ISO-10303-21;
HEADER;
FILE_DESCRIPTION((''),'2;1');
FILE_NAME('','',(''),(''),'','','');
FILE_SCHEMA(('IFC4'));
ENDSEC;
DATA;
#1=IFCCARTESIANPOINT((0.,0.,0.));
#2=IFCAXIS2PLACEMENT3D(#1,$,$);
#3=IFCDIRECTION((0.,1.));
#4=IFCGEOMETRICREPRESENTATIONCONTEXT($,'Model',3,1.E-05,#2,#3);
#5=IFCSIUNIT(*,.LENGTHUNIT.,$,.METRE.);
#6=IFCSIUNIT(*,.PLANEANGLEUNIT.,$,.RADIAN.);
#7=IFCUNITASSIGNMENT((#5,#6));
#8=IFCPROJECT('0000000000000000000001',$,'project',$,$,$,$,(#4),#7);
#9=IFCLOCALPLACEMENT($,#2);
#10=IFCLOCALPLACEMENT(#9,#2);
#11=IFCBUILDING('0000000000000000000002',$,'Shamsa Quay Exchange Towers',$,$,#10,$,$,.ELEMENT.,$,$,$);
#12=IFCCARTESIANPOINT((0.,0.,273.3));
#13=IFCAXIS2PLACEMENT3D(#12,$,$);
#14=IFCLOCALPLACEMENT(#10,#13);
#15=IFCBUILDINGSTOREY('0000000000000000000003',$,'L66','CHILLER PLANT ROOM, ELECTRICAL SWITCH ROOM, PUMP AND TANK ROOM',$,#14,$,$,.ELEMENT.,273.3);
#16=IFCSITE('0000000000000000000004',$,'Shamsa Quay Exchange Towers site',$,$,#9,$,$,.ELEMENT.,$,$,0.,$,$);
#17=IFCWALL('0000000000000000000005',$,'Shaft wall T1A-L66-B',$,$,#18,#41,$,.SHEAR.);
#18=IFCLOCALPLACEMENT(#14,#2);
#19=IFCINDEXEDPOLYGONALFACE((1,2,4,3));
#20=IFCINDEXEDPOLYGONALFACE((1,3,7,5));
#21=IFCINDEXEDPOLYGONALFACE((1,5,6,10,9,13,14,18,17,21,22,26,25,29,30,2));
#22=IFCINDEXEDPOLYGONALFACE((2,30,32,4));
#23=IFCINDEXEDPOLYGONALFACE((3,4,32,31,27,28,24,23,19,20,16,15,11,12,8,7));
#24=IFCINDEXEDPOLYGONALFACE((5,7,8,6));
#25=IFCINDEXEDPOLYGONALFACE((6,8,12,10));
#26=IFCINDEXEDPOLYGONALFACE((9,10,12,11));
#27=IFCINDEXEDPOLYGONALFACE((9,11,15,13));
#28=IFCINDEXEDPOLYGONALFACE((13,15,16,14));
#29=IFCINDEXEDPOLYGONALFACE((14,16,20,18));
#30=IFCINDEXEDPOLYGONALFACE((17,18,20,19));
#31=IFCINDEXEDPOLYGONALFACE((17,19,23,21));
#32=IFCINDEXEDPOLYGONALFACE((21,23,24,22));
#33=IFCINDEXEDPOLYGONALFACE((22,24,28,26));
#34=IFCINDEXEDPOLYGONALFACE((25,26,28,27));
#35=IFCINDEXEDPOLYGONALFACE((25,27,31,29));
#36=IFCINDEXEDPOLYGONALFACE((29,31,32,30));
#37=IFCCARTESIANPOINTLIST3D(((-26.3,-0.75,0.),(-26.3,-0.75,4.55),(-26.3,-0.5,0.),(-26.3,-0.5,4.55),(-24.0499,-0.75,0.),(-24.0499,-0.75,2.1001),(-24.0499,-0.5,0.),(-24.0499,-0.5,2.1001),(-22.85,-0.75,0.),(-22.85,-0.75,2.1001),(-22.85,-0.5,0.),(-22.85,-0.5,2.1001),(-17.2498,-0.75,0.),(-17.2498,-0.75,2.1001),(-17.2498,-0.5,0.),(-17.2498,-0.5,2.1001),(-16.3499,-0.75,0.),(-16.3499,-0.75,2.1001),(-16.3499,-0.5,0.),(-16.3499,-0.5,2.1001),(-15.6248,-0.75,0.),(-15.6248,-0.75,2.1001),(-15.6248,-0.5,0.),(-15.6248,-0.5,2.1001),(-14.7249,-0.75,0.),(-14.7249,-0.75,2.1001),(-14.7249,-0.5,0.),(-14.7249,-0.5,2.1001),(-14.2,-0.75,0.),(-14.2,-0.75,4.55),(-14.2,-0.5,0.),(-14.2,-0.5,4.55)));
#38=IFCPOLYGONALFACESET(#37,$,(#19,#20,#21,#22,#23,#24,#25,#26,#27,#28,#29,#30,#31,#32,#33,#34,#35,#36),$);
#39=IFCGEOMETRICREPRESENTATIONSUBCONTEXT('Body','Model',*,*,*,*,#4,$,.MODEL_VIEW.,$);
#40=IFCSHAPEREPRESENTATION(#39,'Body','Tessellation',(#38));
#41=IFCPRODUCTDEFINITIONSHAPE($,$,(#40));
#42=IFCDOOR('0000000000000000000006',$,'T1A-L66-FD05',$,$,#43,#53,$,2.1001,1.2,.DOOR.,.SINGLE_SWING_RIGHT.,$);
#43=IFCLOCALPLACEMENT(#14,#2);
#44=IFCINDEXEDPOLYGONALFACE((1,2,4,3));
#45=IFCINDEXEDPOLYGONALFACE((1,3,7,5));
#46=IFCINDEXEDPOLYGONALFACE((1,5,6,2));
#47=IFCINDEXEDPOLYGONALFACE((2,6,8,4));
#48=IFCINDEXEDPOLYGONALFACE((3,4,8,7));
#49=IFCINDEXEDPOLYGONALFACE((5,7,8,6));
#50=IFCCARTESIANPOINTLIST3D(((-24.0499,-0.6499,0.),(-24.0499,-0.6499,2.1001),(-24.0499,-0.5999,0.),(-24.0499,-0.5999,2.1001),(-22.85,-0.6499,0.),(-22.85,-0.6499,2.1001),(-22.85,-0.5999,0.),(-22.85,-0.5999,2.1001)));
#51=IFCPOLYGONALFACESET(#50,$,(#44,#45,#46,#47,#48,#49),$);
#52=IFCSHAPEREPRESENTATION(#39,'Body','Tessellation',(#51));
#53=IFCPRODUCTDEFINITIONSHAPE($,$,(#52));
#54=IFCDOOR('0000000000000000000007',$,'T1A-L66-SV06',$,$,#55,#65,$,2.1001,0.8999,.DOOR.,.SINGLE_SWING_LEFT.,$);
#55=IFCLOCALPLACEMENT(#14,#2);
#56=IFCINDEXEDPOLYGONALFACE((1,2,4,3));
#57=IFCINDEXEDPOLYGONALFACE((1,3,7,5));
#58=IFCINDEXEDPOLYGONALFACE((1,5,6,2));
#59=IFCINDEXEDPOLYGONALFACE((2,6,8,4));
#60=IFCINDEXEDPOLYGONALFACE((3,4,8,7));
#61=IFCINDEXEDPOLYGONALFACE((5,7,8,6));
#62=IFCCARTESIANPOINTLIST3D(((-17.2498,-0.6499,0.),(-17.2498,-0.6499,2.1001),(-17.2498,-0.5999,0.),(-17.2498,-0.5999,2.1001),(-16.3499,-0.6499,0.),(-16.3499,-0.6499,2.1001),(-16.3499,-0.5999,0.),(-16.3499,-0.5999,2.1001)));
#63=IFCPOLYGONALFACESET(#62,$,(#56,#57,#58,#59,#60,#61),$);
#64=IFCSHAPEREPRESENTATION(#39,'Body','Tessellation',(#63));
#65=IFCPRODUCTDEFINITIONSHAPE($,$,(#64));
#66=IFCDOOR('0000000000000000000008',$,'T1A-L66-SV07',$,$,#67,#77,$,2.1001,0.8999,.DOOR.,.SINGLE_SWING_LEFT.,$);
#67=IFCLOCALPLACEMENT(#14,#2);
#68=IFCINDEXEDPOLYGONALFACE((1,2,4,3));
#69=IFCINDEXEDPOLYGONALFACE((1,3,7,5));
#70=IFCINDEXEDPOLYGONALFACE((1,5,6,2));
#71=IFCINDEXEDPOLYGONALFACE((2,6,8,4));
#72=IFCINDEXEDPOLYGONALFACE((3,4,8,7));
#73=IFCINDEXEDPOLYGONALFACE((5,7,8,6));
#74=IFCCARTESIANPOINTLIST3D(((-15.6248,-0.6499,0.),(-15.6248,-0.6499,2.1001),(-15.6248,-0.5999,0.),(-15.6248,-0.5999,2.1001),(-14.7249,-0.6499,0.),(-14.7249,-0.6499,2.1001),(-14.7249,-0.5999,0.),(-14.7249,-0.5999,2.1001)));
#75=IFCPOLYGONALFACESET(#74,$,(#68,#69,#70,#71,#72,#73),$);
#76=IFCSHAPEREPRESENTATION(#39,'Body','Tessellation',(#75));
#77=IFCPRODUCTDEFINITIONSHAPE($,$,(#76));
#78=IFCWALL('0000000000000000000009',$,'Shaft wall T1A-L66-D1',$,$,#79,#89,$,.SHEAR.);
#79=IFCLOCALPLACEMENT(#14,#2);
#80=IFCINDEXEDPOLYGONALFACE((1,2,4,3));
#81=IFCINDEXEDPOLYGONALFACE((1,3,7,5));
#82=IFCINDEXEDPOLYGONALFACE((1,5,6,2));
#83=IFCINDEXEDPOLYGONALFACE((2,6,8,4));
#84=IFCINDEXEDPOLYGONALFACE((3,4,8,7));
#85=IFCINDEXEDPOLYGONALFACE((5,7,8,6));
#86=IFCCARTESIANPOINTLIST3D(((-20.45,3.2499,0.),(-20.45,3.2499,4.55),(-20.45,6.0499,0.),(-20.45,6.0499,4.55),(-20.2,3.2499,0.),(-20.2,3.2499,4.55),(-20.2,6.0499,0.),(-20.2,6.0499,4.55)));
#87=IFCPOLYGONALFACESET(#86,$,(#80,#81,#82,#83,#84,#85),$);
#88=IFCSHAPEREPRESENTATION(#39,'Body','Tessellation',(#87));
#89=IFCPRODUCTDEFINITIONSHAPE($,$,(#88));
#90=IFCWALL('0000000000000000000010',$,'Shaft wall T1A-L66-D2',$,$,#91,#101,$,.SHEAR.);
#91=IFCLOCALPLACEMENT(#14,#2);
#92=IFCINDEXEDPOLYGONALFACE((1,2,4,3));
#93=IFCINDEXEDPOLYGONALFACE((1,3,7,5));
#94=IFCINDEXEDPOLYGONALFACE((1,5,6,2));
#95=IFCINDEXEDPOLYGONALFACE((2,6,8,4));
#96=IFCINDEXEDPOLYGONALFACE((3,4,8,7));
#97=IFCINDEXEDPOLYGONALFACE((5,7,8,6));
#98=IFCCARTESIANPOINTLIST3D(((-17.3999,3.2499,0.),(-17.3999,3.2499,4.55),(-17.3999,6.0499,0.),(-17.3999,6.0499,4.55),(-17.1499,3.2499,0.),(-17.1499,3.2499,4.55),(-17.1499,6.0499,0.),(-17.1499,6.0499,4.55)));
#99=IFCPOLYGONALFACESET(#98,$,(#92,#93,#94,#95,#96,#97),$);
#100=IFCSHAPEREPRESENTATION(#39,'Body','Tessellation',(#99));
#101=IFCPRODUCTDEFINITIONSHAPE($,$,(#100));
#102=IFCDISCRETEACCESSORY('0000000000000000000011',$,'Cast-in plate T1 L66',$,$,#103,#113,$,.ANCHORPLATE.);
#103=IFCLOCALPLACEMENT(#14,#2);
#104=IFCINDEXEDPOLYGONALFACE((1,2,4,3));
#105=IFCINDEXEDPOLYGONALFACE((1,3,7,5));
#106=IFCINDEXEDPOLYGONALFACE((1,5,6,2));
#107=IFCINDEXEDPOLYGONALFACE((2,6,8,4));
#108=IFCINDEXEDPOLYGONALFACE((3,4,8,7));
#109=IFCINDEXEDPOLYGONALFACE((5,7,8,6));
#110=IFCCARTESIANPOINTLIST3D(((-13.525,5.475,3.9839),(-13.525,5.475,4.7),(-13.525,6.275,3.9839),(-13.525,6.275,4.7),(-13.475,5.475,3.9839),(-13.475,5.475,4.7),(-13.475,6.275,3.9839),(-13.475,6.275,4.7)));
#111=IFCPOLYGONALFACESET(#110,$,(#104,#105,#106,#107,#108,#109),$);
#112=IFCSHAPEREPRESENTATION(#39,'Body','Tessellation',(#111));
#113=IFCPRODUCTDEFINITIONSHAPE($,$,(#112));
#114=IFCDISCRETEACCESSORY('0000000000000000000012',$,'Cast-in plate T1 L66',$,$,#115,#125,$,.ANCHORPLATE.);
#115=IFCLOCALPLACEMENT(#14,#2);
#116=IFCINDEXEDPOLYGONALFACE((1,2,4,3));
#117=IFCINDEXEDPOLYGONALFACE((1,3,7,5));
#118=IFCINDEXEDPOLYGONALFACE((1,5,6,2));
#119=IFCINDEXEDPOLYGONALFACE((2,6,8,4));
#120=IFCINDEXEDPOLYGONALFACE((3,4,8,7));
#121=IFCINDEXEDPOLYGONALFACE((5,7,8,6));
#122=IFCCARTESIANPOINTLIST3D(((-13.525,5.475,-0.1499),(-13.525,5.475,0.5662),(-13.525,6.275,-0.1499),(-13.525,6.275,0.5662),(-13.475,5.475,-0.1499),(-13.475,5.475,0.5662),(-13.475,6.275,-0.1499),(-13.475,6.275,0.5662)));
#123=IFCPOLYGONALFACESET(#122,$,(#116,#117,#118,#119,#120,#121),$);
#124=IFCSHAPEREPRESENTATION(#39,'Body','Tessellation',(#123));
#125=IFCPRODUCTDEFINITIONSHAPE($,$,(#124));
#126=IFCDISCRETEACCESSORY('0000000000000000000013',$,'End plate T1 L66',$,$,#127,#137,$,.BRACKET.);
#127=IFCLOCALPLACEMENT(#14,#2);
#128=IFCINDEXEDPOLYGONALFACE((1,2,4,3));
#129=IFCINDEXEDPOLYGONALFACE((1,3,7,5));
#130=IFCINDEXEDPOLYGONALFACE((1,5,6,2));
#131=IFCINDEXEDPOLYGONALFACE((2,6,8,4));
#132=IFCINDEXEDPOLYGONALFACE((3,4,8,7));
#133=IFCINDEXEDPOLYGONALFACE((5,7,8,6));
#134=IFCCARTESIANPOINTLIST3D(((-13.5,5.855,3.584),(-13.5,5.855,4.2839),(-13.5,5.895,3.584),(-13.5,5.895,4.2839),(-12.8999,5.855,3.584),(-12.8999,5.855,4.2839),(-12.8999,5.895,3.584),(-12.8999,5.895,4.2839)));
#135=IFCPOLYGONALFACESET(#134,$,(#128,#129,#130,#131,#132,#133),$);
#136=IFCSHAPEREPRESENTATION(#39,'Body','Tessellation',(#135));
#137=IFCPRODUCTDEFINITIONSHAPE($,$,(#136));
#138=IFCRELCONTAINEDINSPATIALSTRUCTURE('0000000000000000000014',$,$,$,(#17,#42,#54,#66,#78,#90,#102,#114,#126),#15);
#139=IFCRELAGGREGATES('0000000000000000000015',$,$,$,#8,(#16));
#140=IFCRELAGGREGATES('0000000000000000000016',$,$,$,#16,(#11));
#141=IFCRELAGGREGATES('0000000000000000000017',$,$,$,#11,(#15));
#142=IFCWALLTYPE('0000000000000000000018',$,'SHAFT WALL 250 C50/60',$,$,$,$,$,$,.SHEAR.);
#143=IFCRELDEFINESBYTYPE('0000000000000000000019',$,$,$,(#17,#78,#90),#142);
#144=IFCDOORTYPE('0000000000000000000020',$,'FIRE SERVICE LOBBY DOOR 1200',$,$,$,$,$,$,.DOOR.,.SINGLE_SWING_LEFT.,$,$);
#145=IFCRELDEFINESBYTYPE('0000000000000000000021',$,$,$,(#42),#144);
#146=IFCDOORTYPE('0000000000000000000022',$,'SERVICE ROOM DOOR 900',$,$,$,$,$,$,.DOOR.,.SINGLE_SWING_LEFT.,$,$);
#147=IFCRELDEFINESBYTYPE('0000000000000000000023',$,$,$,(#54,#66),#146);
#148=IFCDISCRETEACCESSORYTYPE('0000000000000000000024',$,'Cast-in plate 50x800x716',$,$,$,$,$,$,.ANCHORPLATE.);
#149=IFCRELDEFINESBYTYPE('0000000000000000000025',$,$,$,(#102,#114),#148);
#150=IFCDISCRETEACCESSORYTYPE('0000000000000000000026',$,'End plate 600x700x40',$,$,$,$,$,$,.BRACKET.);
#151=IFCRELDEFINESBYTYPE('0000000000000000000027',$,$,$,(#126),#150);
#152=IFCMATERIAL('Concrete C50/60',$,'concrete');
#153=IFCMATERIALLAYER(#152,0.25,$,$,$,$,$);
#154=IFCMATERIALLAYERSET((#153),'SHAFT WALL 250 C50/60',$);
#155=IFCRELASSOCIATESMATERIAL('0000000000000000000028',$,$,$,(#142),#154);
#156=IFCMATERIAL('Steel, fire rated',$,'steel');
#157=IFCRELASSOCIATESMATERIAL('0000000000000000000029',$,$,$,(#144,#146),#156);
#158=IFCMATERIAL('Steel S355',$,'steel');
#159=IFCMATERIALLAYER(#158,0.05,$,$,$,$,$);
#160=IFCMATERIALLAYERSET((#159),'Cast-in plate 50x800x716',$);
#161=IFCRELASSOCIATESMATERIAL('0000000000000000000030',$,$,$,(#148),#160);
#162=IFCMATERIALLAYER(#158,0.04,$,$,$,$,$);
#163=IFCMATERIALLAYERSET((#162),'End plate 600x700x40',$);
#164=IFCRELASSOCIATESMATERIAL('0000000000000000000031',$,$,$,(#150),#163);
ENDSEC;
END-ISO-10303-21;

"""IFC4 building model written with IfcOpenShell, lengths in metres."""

from ifc_helpers import new_model, si_unit, direction, frame, frame_2d, origin, origin_2d, place, context, subcontext, project, spatial, rectangle, extrude, material, layer, layer_set, type_object, element, fill, save


model = new_model("IFC4")

# Units and contexts
model_context = context("Model", 3, precision=1e-05, world=origin(), true_north=direction((0.0, 1.0)))
body_context = subcontext(model_context, "Body", "Model", "MODEL_VIEW")
ifc_project = project(units=[si_unit("LENGTHUNIT", "METRE"), si_unit("PLANEANGLEUNIT", "RADIAN")], contexts=[model_context])

# Site, building, storey
site_placement = place(None, origin())
site = spatial("IfcSite", under=ifc_project, at=site_placement, Name="Shamsa Quay Exchange Towers site", CompositionType="ELEMENT", RefElevation=0.0)
building_placement = place(site_placement, origin())
building = spatial("IfcBuilding", under=site, at=building_placement, Name="Shamsa Quay Exchange Towers", CompositionType="ELEMENT")
storey_placement = place(building_placement, frame((0.0, 0.0, 273.3)))
storey = spatial("IfcBuildingStorey", under=building, at=storey_placement, Name="L66", Description="CHILLER PLANT ROOM, ELECTRICAL SWITCH ROOM, PUMP AND TANK ROOM", CompositionType="ELEMENT", Elevation=273.3)

# Shared definitions
ifc_material_1 = material(Name="Steel S355", Category="steel")

# Wall, openings, doors
ifc_material_2 = material(Name="Steel, fire rated", Category="steel")
ifc_material_3 = material(Name="Concrete C50/60", Category="concrete")
ifc_layer_1 = layer(ifc_material_3, 0.25)
ifc_layer_set_1 = layer_set([ifc_layer_1], Name="SHAFT WALL 250 C50/60")
wall_type_1 = type_object("IfcWallType", Name="SHAFT WALL 250 C50/60", PredefinedType="SHEAR", material=ifc_layer_set_1)
wall_1_placement = place(storey_placement, frame((-14.2, -0.625, 0.0), z_axis=(0.0, 0.0, 1.0), x_axis=(-1.0, 0.0, 0.0)))
wall_1 = element("IfcWall", 1, at=wall_1_placement, inside=storey, type_object=wall_type_1, Name="Shaft wall T1A-L66-B", PredefinedType="SHEAR", context=body_context, shape_type="SweptSolid", body=[
    extrude(rectangle(XDim=12.1001, YDim=0.25, at=frame_2d((6.05, 0.0))), origin(), (0.0, 0.0, 1.0), 4.55),
])
opening_1_placement = place(wall_1_placement, frame((8.6499, 0.0, 0.0)))
opening_1 = element("IfcOpeningElement", 2, at=opening_1_placement, cuts=wall_1, PredefinedType="OPENING", context=body_context, shape_type="SweptSolid", body=[
    extrude(rectangle(XDim=1.2, YDim=2.1001, at=frame_2d((0.6001, 1.05))), frame((0.0, 0.135, 0.0), z_axis=(0.0, -1.0, 0.0), x_axis=(1.0, 0.0, 0.0)), (0.0, 0.0, 1.0), 0.27),
])
opening_2_placement = place(wall_1_placement, frame((2.1499, 0.0, 0.0)))
opening_2 = element("IfcOpeningElement", 3, at=opening_2_placement, cuts=wall_1, PredefinedType="OPENING", context=body_context, shape_type="SweptSolid", body=[
    extrude(rectangle(XDim=0.8999, YDim=2.1001, at=frame_2d((0.45, 1.05))), frame((0.0, 0.135, 0.0), z_axis=(0.0, -1.0, 0.0), x_axis=(1.0, 0.0, 0.0)), (0.0, 0.0, 1.0), 0.27),
])
opening_3_placement = place(wall_1_placement, frame((0.5249, 0.0, 0.0)))
opening_3 = element("IfcOpeningElement", 4, at=opening_3_placement, cuts=wall_1, PredefinedType="OPENING", context=body_context, shape_type="SweptSolid", body=[
    extrude(rectangle(XDim=0.8999, YDim=2.1001, at=frame_2d((0.45, 1.05))), frame((0.0, 0.135, 0.0), z_axis=(0.0, -1.0, 0.0), x_axis=(1.0, 0.0, 0.0)), (0.0, 0.0, 1.0), 0.27),
])
door_type_1 = type_object("IfcDoorType", Name="FIRE SERVICE LOBBY DOOR 1200", OperationType="SINGLE_SWING_LEFT", PredefinedType="DOOR", material=ifc_material_2)
door_1_placement = place(opening_1_placement, origin())
door_1 = element("IfcDoor", 5, at=door_1_placement, inside=storey, type_object=door_type_1, Name="T1A-L66-FD05", OperationType="SINGLE_SWING_RIGHT", OverallHeight=2.1001, OverallWidth=1.2, PredefinedType="DOOR", context=body_context, shape_type="SweptSolid", body=[
    extrude(rectangle(XDim=1.2, YDim=2.1001, at=frame_2d((0.6001, 1.05))), frame((0.0, 0.0249, 0.0), z_axis=(0.0, -1.0, 0.0), x_axis=(1.0, 0.0, 0.0)), (0.0, 0.0, 1.0), 0.05),
])
fill(opening_1, door_1)
door_type_2 = type_object("IfcDoorType", Name="SERVICE ROOM DOOR 900", OperationType="SINGLE_SWING_LEFT", PredefinedType="DOOR", material=ifc_material_2)
door_2_placement = place(opening_2_placement, origin())
door_2 = element("IfcDoor", 6, at=door_2_placement, inside=storey, type_object=door_type_2, Name="T1A-L66-SV06", OperationType="SINGLE_SWING_LEFT", OverallHeight=2.1001, OverallWidth=0.8999, PredefinedType="DOOR", context=body_context, shape_type="SweptSolid", body=[
    extrude(rectangle(XDim=0.8999, YDim=2.1001, at=frame_2d((0.45, 1.05))), frame((0.0, 0.0249, 0.0), z_axis=(0.0, -1.0, 0.0), x_axis=(1.0, 0.0, 0.0)), (0.0, 0.0, 1.0), 0.05),
])
fill(opening_2, door_2)
door_3_placement = place(opening_3_placement, origin())
door_3 = element("IfcDoor", 7, at=door_3_placement, inside=storey, type_object=door_type_2, Name="T1A-L66-SV07", OperationType="SINGLE_SWING_LEFT", OverallHeight=2.1001, OverallWidth=0.8999, PredefinedType="DOOR", context=body_context, shape_type="SweptSolid", body=[
    extrude(rectangle(XDim=0.8999, YDim=2.1001, at=frame_2d((0.45, 1.05))), frame((0.0, 0.0249, 0.0), z_axis=(0.0, -1.0, 0.0), x_axis=(1.0, 0.0, 0.0)), (0.0, 0.0, 1.0), 0.05),
])
fill(opening_3, door_3)

# Walls
for number, where, z_axis, x_axis, name in (
    (8, (-20.325, 3.25, 0.0), (0.0, 0.0, 1.0), (0.0, 1.0, 0.0), "Shaft wall T1A-L66-D1"),
    (9, (-17.2749, 3.25, 0.0), (0.0, 0.0, 1.0), (0.0, 1.0, 0.0), "Shaft wall T1A-L66-D2"),
):
    element("IfcWall", number, at=place(storey_placement, frame(where, z_axis=z_axis, x_axis=x_axis)), inside=storey, type_object=wall_type_1, Name=name, PredefinedType="SHEAR", context=body_context, shape_type="SweptSolid", body=[
        extrude(rectangle(XDim=2.8, YDim=0.25, at=frame_2d((1.3999, 0.0))), origin(), (0.0, 0.0, 1.0), 4.55),
    ])

# Discrete accessories
ifc_layer_2 = layer(ifc_material_1, 0.05)
ifc_layer_set_2 = layer_set([ifc_layer_2], Name="Cast-in plate 50x800x716")
discrete_accessory_type_1 = type_object("IfcDiscreteAccessoryType", Name="Cast-in plate 50x800x716", PredefinedType="ANCHORPLATE", material=ifc_layer_set_2)
for number, where, z_axis, x_axis, name in (
    (10, (-13.5, 5.875, 3.9839), (0.0, 0.0, 1.0), (-1.0, 0.0, 0.0), "Cast-in plate T1 L66"),
    (11, (-13.5, 5.875, -0.1499), (0.0, 0.0, 1.0), (-1.0, 0.0, 0.0), "Cast-in plate T1 L66"),
):
    element("IfcDiscreteAccessory", number, at=place(storey_placement, frame(where, z_axis=z_axis, x_axis=x_axis)), inside=storey, type_object=discrete_accessory_type_1, Name=name, PredefinedType="ANCHORPLATE", context=body_context, shape_type="SweptSolid", body=[
        extrude(rectangle(XDim=0.05, YDim=0.8, at=origin_2d()), origin(), (0.0, 0.0, 1.0), 0.7161),
    ])
ifc_layer_3 = layer(ifc_material_1, 0.04)
ifc_layer_set_3 = layer_set([ifc_layer_3], Name="End plate 600x700x40")
discrete_accessory_type_2 = type_object("IfcDiscreteAccessoryType", Name="End plate 600x700x40", PredefinedType="BRACKET", material=ifc_layer_set_3)
discrete_accessory_placement = place(storey_placement, frame((-13.2, 5.875, 3.584), z_axis=(0.0, 0.0, 1.0), x_axis=(-1.0, 0.0, 0.0)))
element("IfcDiscreteAccessory", 12, at=discrete_accessory_placement, inside=storey, type_object=discrete_accessory_type_2, Name="End plate T1 L66", PredefinedType="BRACKET", context=body_context, shape_type="SweptSolid", body=[
    extrude(rectangle(XDim=0.6001, YDim=0.04, at=origin_2d()), origin(), (0.0, 0.0, 1.0), 0.7),
])

save(model, "model.ifc")
